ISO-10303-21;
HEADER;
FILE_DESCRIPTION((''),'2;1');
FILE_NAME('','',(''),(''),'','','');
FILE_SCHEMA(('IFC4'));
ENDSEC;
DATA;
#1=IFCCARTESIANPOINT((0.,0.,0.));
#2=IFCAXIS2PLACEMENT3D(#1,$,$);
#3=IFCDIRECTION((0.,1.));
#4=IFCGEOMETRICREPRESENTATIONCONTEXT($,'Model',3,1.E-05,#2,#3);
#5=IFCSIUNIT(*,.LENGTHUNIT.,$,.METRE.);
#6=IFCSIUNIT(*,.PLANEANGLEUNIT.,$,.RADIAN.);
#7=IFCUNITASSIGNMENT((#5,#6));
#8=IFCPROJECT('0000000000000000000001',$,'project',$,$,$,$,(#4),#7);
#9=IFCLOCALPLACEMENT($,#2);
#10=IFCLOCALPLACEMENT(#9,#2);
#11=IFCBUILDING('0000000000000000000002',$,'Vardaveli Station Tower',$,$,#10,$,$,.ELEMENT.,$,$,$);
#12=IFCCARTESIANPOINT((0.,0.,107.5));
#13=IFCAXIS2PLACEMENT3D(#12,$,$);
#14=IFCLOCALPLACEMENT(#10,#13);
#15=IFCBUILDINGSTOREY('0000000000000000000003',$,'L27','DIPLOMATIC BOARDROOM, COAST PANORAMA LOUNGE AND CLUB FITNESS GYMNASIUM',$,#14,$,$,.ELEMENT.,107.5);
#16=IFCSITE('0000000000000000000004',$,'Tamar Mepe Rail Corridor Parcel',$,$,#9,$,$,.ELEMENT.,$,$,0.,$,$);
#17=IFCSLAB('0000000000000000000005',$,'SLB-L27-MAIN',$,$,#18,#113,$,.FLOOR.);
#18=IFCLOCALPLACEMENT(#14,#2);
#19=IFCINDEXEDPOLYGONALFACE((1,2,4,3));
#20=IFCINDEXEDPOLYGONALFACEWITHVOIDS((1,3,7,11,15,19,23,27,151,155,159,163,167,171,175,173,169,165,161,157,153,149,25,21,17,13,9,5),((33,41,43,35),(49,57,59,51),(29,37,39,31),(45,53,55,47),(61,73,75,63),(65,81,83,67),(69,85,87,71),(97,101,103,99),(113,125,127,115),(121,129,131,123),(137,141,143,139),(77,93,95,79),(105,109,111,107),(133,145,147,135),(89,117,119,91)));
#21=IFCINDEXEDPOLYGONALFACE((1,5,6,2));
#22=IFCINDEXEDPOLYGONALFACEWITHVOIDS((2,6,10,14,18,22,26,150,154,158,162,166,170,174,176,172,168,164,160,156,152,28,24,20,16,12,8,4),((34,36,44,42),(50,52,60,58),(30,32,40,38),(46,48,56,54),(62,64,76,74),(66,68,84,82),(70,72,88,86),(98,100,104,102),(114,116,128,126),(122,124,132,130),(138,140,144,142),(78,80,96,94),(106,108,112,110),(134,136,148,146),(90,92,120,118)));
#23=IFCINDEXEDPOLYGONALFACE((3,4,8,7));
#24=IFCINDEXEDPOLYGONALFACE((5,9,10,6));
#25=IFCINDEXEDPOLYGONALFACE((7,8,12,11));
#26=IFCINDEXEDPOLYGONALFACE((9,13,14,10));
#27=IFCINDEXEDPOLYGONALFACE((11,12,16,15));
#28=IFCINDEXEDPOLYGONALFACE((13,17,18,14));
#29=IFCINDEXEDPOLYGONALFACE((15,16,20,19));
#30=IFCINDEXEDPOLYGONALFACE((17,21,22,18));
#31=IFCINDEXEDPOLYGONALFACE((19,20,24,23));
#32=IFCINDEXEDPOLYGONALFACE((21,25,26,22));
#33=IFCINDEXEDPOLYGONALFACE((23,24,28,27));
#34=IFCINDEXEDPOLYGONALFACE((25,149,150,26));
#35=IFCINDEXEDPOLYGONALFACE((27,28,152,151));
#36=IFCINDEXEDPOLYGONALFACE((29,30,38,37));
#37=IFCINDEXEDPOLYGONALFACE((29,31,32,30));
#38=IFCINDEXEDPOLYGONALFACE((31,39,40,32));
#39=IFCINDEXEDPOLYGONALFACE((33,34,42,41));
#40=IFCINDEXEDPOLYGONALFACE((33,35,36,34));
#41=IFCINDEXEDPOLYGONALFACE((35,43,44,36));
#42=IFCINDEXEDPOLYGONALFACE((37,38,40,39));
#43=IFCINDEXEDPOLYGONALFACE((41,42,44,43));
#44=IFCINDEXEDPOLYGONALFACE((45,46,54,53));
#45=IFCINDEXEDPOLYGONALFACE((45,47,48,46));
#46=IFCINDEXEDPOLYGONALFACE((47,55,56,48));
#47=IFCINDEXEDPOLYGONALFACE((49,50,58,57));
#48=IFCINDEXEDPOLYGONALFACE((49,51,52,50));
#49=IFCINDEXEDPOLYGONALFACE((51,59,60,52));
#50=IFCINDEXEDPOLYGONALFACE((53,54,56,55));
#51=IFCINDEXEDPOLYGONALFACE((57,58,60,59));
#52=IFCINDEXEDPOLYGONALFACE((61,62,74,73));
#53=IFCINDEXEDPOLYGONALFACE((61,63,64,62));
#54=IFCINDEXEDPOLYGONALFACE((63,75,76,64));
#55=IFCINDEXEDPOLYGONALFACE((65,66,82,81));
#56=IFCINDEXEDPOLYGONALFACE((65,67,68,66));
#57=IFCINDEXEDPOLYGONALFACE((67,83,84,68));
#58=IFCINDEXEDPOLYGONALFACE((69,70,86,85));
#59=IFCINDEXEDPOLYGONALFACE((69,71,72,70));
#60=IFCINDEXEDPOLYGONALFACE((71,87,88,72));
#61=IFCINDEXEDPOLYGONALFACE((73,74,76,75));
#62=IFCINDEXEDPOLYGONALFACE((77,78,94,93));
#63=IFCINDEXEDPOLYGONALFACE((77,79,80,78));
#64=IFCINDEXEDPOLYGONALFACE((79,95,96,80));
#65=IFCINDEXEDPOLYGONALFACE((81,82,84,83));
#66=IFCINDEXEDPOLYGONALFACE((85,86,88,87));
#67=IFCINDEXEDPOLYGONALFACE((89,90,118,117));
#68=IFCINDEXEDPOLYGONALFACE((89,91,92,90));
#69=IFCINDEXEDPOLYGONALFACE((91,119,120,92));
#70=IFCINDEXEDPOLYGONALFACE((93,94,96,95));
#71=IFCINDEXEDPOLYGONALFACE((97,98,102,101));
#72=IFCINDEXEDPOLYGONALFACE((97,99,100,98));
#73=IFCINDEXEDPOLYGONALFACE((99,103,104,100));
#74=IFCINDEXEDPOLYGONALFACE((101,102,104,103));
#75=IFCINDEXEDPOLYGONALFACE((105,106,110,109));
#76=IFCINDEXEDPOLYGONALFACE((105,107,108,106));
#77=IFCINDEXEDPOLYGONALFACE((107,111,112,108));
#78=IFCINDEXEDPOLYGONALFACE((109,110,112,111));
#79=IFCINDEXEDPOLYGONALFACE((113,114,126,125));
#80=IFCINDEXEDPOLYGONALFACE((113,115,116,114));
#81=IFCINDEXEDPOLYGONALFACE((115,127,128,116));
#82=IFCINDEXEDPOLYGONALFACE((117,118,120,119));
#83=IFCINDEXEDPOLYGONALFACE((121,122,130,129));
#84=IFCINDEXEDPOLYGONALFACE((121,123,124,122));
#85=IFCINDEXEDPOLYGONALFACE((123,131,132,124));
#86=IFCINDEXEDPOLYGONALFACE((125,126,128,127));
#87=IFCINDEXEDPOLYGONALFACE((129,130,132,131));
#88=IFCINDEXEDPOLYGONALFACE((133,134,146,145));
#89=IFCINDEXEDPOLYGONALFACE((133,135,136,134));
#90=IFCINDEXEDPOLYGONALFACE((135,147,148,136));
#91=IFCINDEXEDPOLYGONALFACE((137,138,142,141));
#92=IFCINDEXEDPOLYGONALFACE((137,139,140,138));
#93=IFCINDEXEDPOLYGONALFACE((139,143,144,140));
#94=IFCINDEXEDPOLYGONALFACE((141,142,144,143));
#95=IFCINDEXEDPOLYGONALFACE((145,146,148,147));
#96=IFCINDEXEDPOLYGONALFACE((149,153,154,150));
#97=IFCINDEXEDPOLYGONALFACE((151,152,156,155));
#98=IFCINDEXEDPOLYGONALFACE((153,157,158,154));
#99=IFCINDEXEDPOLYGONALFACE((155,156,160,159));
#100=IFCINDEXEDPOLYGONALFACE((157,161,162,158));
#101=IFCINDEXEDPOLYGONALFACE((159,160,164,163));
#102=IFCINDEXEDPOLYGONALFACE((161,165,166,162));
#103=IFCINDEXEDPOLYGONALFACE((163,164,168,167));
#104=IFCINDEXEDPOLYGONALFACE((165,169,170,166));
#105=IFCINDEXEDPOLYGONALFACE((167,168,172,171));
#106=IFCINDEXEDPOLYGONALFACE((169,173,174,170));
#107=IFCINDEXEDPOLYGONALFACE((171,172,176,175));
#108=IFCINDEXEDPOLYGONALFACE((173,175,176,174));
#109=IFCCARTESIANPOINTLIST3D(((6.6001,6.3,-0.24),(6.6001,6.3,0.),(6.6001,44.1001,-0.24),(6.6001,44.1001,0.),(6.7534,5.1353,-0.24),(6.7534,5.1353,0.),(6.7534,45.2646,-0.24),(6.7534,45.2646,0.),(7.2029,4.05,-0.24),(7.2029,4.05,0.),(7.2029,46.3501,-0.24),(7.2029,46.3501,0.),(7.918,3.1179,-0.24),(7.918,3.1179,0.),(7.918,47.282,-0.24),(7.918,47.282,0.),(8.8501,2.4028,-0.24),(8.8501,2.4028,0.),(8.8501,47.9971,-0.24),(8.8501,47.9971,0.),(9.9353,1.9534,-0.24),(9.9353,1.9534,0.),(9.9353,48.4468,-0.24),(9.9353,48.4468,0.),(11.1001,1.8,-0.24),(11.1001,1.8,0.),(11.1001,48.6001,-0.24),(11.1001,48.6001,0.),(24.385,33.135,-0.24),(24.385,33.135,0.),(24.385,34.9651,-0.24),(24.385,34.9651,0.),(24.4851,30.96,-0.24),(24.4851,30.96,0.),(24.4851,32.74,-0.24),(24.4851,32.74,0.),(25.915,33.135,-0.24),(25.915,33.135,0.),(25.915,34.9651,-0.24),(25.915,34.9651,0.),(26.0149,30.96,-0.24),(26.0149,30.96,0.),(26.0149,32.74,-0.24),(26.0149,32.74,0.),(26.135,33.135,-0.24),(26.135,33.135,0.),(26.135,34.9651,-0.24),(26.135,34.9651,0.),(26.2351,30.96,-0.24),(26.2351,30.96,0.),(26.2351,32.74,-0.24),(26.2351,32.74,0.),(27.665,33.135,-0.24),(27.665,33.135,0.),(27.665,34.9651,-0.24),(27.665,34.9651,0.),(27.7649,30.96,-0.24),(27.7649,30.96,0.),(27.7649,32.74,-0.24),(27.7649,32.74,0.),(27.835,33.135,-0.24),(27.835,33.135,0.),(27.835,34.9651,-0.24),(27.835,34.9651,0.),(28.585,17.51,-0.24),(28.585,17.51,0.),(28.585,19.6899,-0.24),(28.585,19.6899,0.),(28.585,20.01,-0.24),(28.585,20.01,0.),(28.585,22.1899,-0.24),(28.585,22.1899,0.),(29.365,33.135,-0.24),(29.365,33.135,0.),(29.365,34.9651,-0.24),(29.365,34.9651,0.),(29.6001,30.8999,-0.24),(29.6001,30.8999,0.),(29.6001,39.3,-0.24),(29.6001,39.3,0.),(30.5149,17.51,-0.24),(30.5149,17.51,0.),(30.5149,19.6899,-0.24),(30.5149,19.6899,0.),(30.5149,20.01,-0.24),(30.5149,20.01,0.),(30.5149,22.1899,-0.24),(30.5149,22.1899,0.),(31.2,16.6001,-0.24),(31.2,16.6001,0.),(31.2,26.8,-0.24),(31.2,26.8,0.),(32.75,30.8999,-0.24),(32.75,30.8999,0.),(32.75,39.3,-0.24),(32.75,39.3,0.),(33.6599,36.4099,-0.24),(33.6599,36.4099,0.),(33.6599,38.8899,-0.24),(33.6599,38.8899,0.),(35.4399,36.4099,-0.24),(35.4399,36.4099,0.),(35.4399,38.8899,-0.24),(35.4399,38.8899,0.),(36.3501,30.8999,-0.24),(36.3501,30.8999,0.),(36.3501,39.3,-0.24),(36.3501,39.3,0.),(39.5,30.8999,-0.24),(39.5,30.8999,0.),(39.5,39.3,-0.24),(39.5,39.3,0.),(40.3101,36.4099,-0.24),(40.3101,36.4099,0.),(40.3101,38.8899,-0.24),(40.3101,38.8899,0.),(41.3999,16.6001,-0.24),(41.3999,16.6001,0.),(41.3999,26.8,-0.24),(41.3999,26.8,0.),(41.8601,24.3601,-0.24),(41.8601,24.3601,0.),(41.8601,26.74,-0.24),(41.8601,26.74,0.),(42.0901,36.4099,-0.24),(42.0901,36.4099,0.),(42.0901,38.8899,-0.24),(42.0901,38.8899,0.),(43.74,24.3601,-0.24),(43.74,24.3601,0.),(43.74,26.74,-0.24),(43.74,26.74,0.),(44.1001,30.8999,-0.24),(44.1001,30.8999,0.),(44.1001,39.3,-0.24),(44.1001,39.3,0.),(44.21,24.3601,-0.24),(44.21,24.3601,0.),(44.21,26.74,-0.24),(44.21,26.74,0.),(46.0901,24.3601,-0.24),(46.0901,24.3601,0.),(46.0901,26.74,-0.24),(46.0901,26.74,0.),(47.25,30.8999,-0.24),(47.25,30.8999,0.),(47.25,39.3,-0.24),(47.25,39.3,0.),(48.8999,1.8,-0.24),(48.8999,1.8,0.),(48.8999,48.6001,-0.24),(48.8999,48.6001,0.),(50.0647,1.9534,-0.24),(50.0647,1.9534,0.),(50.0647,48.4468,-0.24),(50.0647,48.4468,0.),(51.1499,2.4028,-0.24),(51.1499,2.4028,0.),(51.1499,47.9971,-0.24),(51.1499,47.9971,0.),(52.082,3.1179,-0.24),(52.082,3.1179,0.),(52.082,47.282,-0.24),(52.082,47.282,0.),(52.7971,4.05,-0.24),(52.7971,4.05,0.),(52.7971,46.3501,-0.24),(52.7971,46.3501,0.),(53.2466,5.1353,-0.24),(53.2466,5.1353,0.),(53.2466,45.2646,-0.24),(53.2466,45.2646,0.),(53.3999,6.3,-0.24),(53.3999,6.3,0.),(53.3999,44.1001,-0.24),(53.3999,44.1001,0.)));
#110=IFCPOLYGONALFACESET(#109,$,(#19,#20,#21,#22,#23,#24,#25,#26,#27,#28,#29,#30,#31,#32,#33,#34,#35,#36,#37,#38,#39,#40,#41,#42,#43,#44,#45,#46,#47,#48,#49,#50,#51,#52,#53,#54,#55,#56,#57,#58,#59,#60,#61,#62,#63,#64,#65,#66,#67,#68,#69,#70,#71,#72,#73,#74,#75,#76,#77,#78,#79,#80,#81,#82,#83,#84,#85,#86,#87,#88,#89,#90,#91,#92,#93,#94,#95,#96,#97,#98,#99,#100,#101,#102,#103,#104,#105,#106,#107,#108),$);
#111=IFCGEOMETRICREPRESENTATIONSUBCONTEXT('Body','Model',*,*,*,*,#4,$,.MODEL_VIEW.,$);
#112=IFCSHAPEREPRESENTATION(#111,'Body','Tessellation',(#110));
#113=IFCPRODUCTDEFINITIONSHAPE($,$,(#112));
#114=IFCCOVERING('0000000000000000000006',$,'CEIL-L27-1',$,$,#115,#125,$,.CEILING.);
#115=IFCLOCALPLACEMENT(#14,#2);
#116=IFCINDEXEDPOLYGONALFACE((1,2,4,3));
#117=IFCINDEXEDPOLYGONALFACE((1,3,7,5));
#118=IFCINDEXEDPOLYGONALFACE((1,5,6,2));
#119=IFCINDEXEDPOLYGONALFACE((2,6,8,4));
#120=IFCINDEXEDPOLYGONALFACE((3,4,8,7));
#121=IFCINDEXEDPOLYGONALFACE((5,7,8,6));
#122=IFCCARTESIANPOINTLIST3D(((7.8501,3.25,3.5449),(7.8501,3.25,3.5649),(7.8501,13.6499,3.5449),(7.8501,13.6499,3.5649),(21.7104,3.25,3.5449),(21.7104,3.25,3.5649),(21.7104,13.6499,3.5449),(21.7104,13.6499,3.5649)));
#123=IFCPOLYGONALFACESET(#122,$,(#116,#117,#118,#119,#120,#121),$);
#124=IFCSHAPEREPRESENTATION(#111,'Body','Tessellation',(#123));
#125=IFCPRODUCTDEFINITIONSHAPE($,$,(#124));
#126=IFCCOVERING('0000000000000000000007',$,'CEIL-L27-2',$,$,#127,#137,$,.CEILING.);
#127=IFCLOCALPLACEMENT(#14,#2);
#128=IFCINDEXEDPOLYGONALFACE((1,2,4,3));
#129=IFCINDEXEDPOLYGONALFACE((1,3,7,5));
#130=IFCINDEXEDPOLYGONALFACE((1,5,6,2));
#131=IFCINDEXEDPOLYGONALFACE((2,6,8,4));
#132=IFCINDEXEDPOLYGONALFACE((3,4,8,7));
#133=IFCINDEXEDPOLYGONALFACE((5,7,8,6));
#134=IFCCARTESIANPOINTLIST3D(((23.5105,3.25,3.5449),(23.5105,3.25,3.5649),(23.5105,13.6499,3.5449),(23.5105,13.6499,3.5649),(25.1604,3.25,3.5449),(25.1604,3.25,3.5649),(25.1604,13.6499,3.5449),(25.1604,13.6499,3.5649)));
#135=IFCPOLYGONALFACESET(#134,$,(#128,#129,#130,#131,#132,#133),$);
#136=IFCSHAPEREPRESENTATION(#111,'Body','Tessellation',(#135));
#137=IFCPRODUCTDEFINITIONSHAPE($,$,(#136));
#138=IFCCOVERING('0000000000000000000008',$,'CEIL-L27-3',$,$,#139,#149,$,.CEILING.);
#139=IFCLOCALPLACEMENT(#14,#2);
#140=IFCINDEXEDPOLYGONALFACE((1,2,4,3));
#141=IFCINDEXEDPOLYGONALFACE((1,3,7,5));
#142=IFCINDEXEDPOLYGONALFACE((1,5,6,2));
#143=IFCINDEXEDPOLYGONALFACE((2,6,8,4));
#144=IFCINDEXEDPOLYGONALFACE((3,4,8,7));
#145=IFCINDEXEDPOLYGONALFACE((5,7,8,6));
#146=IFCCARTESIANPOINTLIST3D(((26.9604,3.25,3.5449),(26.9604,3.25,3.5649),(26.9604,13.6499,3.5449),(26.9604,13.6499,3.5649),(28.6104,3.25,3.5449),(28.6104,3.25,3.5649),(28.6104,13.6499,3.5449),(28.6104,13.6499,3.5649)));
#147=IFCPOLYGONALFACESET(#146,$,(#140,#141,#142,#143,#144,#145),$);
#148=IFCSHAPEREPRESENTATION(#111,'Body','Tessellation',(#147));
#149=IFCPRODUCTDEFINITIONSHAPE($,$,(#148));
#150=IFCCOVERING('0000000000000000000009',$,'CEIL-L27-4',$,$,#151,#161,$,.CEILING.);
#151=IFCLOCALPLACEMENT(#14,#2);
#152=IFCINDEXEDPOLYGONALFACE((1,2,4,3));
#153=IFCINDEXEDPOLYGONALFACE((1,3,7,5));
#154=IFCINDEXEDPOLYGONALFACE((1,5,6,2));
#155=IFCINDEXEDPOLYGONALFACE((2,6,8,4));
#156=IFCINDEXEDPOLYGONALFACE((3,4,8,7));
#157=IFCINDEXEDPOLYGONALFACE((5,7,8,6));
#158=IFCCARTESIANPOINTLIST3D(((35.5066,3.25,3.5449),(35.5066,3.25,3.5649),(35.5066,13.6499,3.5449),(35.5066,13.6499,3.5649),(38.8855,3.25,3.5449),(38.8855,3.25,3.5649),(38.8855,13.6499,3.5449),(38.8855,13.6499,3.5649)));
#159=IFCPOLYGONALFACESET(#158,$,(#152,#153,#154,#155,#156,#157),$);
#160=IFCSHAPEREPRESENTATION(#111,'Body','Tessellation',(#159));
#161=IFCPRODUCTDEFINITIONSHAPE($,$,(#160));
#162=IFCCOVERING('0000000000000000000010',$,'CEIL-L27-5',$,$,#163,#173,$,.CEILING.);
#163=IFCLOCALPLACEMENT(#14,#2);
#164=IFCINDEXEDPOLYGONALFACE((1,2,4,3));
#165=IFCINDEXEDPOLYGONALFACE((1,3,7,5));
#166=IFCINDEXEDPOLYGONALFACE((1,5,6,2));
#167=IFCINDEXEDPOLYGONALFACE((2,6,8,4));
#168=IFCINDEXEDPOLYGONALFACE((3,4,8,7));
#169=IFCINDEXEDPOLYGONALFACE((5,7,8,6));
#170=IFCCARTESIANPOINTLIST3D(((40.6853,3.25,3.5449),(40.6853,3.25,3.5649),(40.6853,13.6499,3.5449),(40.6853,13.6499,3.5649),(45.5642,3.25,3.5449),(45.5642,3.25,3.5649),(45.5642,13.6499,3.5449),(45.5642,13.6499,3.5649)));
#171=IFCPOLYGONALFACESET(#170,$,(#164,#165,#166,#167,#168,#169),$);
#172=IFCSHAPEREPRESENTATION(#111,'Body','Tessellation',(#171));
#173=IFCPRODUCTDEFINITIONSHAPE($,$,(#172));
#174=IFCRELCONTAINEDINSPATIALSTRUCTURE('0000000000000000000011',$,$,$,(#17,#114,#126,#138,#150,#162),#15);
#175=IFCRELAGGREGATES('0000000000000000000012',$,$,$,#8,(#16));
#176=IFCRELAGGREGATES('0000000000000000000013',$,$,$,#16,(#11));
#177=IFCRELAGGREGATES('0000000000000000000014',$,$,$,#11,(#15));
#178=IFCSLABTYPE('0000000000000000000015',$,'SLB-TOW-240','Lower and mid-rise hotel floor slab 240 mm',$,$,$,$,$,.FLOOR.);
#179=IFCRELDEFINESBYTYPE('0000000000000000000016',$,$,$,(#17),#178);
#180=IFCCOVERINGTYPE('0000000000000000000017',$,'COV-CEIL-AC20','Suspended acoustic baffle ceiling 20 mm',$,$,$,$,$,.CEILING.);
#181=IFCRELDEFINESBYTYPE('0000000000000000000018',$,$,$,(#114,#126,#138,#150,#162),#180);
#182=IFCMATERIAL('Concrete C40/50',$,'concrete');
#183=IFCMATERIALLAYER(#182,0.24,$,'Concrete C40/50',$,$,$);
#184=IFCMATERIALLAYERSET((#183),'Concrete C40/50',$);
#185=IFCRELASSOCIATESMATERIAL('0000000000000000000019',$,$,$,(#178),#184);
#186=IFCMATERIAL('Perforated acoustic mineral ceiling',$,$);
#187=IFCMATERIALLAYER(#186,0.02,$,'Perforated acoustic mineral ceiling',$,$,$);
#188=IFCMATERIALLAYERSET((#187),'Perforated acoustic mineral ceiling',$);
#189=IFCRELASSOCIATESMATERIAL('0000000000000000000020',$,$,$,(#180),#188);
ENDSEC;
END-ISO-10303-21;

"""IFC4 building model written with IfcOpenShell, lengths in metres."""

from ifc_helpers import new_model, si_unit, direction, frame, origin, place, context, subcontext, project, spatial, polyline, outline, extrude, material, layer, layer_set, type_object, element, save


model = new_model("IFC4")

# Units and contexts
model_context = context("Model", 3, precision=1e-05, world=origin(), true_north=direction((0.0, 1.0)))
body_context = subcontext(model_context, "Body", "Model", "MODEL_VIEW")
ifc_project = project(units=[si_unit("LENGTHUNIT", "METRE"), si_unit("PLANEANGLEUNIT", "RADIAN")], contexts=[model_context])

# Site, building, storey
site_placement = place(None, origin())
site = spatial("IfcSite", under=ifc_project, at=site_placement, Name="Tamar Mepe Rail Corridor Parcel", CompositionType="ELEMENT", RefElevation=0.0)
building_placement = place(site_placement, origin())
building = spatial("IfcBuilding", under=site, at=building_placement, Name="Vardaveli Station Tower", CompositionType="ELEMENT")
storey_placement = place(building_placement, frame((0.0, 0.0, 107.5)))
storey = spatial("IfcBuildingStorey", under=building, at=storey_placement, Name="L27", Description="DIPLOMATIC BOARDROOM, COAST PANORAMA LOUNGE AND CLUB FITNESS GYMNASIUM", CompositionType="ELEMENT", Elevation=107.5)

# Shared definitions
ifc_material_1 = material(Name="Concrete C40/50", Category="concrete")

# Slab
ifc_layer_1 = layer(ifc_material_1, 0.24, Name="Concrete C40/50")
ifc_layer_set_1 = layer_set([ifc_layer_1], Name="Concrete C40/50")
slab_type_1 = type_object("IfcSlabType", Name="SLB-TOW-240", Description="Lower and mid-rise hotel floor slab 240 mm", PredefinedType="FLOOR", material=ifc_layer_set_1)
slab_1_placement = place(storey_placement, frame((0.0, 0.0, -0.24)))
element("IfcSlab", 1, at=slab_1_placement, inside=storey, type_object=slab_type_1, Name="SLB-L27-MAIN", PredefinedType="FLOOR", context=body_context, shape_type="SweptSolid", body=[
    extrude(outline(polyline([(6.6001, 6.3), (6.7534, 5.1353), (7.2029, 4.05), (7.918, 3.1179), (8.8501, 2.4028), (9.9353, 1.9534), (11.1001, 1.8), (48.8999, 1.8), (50.0647, 1.9534), (51.1499, 2.4028), (52.082, 3.1179), (52.7971, 4.05), (53.2466, 5.1353), (53.3999, 6.3), (53.3999, 44.1001), (53.2466, 45.2646), (52.7971, 46.3501), (52.082, 47.282), (51.1499, 47.9971), (50.0647, 48.4468), (48.8999, 48.6001), (11.1001, 48.6001), (9.9353, 48.4468), (8.8501, 47.9971), (7.918, 47.282), (7.2029, 46.3501), (6.7534, 45.2646), (6.6001, 44.1001), (6.6001, 6.3)]), holes=[polyline([(31.2, 16.6001), (41.3999, 16.6001), (41.3999, 26.8), (31.2, 26.8), (31.2, 16.6001)]), polyline([(32.75, 30.8999), (32.75, 39.3), (29.6001, 39.3), (29.6001, 30.8999), (32.75, 30.8999)]), polyline([(39.5, 30.8999), (39.5, 39.3), (36.3501, 39.3), (36.3501, 30.8999), (39.5, 30.8999)]), polyline([(47.25, 30.8999), (47.25, 39.3), (44.1001, 39.3), (44.1001, 30.8999), (47.25, 30.8999)]), polyline([(24.385, 33.135), (25.915, 33.135), (25.915, 34.9651), (24.385, 34.9651), (24.385, 33.135)]), polyline([(26.135, 33.135), (27.665, 33.135), (27.665, 34.9651), (26.135, 34.9651), (26.135, 33.135)]), polyline([(27.835, 33.135), (29.365, 33.135), (29.365, 34.9651), (27.835, 34.9651), (27.835, 33.135)]), polyline([(33.6599, 36.4099), (35.4399, 36.4099), (35.4399, 38.8899), (33.6599, 38.8899), (33.6599, 36.4099)]), polyline([(40.3101, 36.4099), (42.0901, 36.4099), (42.0901, 38.8899), (40.3101, 38.8899), (40.3101, 36.4099)]), polyline([(24.4851, 30.96), (26.0149, 30.96), (26.0149, 32.74), (24.4851, 32.74), (24.4851, 30.96)]), polyline([(26.2351, 30.96), (27.7649, 30.96), (27.7649, 32.74), (26.2351, 32.74), (26.2351, 30.96)]), polyline([(28.585, 17.51), (30.5149, 17.51), (30.5149, 19.6899), (28.585, 19.6899), (28.585, 17.51)]), polyline([(28.585, 20.01), (30.5149, 20.01), (30.5149, 22.1899), (28.585, 22.1899), (28.585, 20.01)]), polyline([(41.8601, 24.3601), (43.74, 24.3601), (43.74, 26.74), (41.8601, 26.74), (41.8601, 24.3601)]), polyline([(44.21, 24.3601), (46.0901, 24.3601), (46.0901, 26.74), (44.21, 26.74), (44.21, 24.3601)])]), origin(), (0.0, 0.0, 1.0), 0.24),
])

# Coverings
ifc_material_2 = material(Name="Perforated acoustic mineral ceiling")
ifc_layer_2 = layer(ifc_material_2, 0.02, Name="Perforated acoustic mineral ceiling")
ifc_layer_set_2 = layer_set([ifc_layer_2], Name="Perforated acoustic mineral ceiling")
covering_type_1 = type_object("IfcCoveringType", Name="COV-CEIL-AC20", Description="Suspended acoustic baffle ceiling 20 mm", PredefinedType="CEILING", material=ifc_layer_set_2)
covering_1_placement = place(storey_placement, frame((0.0, 0.0, 3.5449)))
element("IfcCovering", 2, at=covering_1_placement, inside=storey, type_object=covering_type_1, Name="CEIL-L27-1", PredefinedType="CEILING", context=body_context, shape_type="SweptSolid", body=[
    extrude(outline(polyline([(7.8501, 3.25), (21.7104, 3.25), (21.7104, 13.6499), (7.8501, 13.6499), (7.8501, 3.25)])), origin(), (0.0, 0.0, 1.0), 0.02),
])
covering_2_placement = place(storey_placement, frame((0.0, 0.0, 3.5449)))
element("IfcCovering", 3, at=covering_2_placement, inside=storey, type_object=covering_type_1, Name="CEIL-L27-2", PredefinedType="CEILING", context=body_context, shape_type="SweptSolid", body=[
    extrude(outline(polyline([(23.5105, 3.25), (25.1604, 3.25), (25.1604, 13.6499), (23.5105, 13.6499), (23.5105, 3.25)])), origin(), (0.0, 0.0, 1.0), 0.02),
])
covering_3_placement = place(storey_placement, frame((0.0, 0.0, 3.5449)))
element("IfcCovering", 4, at=covering_3_placement, inside=storey, type_object=covering_type_1, Name="CEIL-L27-3", PredefinedType="CEILING", context=body_context, shape_type="SweptSolid", body=[
    extrude(outline(polyline([(26.9604, 3.25), (28.6104, 3.25), (28.6104, 13.6499), (26.9604, 13.6499), (26.9604, 3.25)])), origin(), (0.0, 0.0, 1.0), 0.02),
])
covering_4_placement = place(storey_placement, frame((0.0, 0.0, 3.5449)))
element("IfcCovering", 5, at=covering_4_placement, inside=storey, type_object=covering_type_1, Name="CEIL-L27-4", PredefinedType="CEILING", context=body_context, shape_type="SweptSolid", body=[
    extrude(outline(polyline([(35.5066, 3.25), (38.8855, 3.25), (38.8855, 13.6499), (35.5066, 13.6499), (35.5066, 3.25)])), origin(), (0.0, 0.0, 1.0), 0.02),
])
covering_5_placement = place(storey_placement, frame((0.0, 0.0, 3.5449)))
element("IfcCovering", 6, at=covering_5_placement, inside=storey, type_object=covering_type_1, Name="CEIL-L27-5", PredefinedType="CEILING", context=body_context, shape_type="SweptSolid", body=[
    extrude(outline(polyline([(40.6853, 3.25), (45.5642, 3.25), (45.5642, 13.6499), (40.6853, 13.6499), (40.6853, 3.25)])), origin(), (0.0, 0.0, 1.0), 0.02),
])

save(model, "model.ifc")
